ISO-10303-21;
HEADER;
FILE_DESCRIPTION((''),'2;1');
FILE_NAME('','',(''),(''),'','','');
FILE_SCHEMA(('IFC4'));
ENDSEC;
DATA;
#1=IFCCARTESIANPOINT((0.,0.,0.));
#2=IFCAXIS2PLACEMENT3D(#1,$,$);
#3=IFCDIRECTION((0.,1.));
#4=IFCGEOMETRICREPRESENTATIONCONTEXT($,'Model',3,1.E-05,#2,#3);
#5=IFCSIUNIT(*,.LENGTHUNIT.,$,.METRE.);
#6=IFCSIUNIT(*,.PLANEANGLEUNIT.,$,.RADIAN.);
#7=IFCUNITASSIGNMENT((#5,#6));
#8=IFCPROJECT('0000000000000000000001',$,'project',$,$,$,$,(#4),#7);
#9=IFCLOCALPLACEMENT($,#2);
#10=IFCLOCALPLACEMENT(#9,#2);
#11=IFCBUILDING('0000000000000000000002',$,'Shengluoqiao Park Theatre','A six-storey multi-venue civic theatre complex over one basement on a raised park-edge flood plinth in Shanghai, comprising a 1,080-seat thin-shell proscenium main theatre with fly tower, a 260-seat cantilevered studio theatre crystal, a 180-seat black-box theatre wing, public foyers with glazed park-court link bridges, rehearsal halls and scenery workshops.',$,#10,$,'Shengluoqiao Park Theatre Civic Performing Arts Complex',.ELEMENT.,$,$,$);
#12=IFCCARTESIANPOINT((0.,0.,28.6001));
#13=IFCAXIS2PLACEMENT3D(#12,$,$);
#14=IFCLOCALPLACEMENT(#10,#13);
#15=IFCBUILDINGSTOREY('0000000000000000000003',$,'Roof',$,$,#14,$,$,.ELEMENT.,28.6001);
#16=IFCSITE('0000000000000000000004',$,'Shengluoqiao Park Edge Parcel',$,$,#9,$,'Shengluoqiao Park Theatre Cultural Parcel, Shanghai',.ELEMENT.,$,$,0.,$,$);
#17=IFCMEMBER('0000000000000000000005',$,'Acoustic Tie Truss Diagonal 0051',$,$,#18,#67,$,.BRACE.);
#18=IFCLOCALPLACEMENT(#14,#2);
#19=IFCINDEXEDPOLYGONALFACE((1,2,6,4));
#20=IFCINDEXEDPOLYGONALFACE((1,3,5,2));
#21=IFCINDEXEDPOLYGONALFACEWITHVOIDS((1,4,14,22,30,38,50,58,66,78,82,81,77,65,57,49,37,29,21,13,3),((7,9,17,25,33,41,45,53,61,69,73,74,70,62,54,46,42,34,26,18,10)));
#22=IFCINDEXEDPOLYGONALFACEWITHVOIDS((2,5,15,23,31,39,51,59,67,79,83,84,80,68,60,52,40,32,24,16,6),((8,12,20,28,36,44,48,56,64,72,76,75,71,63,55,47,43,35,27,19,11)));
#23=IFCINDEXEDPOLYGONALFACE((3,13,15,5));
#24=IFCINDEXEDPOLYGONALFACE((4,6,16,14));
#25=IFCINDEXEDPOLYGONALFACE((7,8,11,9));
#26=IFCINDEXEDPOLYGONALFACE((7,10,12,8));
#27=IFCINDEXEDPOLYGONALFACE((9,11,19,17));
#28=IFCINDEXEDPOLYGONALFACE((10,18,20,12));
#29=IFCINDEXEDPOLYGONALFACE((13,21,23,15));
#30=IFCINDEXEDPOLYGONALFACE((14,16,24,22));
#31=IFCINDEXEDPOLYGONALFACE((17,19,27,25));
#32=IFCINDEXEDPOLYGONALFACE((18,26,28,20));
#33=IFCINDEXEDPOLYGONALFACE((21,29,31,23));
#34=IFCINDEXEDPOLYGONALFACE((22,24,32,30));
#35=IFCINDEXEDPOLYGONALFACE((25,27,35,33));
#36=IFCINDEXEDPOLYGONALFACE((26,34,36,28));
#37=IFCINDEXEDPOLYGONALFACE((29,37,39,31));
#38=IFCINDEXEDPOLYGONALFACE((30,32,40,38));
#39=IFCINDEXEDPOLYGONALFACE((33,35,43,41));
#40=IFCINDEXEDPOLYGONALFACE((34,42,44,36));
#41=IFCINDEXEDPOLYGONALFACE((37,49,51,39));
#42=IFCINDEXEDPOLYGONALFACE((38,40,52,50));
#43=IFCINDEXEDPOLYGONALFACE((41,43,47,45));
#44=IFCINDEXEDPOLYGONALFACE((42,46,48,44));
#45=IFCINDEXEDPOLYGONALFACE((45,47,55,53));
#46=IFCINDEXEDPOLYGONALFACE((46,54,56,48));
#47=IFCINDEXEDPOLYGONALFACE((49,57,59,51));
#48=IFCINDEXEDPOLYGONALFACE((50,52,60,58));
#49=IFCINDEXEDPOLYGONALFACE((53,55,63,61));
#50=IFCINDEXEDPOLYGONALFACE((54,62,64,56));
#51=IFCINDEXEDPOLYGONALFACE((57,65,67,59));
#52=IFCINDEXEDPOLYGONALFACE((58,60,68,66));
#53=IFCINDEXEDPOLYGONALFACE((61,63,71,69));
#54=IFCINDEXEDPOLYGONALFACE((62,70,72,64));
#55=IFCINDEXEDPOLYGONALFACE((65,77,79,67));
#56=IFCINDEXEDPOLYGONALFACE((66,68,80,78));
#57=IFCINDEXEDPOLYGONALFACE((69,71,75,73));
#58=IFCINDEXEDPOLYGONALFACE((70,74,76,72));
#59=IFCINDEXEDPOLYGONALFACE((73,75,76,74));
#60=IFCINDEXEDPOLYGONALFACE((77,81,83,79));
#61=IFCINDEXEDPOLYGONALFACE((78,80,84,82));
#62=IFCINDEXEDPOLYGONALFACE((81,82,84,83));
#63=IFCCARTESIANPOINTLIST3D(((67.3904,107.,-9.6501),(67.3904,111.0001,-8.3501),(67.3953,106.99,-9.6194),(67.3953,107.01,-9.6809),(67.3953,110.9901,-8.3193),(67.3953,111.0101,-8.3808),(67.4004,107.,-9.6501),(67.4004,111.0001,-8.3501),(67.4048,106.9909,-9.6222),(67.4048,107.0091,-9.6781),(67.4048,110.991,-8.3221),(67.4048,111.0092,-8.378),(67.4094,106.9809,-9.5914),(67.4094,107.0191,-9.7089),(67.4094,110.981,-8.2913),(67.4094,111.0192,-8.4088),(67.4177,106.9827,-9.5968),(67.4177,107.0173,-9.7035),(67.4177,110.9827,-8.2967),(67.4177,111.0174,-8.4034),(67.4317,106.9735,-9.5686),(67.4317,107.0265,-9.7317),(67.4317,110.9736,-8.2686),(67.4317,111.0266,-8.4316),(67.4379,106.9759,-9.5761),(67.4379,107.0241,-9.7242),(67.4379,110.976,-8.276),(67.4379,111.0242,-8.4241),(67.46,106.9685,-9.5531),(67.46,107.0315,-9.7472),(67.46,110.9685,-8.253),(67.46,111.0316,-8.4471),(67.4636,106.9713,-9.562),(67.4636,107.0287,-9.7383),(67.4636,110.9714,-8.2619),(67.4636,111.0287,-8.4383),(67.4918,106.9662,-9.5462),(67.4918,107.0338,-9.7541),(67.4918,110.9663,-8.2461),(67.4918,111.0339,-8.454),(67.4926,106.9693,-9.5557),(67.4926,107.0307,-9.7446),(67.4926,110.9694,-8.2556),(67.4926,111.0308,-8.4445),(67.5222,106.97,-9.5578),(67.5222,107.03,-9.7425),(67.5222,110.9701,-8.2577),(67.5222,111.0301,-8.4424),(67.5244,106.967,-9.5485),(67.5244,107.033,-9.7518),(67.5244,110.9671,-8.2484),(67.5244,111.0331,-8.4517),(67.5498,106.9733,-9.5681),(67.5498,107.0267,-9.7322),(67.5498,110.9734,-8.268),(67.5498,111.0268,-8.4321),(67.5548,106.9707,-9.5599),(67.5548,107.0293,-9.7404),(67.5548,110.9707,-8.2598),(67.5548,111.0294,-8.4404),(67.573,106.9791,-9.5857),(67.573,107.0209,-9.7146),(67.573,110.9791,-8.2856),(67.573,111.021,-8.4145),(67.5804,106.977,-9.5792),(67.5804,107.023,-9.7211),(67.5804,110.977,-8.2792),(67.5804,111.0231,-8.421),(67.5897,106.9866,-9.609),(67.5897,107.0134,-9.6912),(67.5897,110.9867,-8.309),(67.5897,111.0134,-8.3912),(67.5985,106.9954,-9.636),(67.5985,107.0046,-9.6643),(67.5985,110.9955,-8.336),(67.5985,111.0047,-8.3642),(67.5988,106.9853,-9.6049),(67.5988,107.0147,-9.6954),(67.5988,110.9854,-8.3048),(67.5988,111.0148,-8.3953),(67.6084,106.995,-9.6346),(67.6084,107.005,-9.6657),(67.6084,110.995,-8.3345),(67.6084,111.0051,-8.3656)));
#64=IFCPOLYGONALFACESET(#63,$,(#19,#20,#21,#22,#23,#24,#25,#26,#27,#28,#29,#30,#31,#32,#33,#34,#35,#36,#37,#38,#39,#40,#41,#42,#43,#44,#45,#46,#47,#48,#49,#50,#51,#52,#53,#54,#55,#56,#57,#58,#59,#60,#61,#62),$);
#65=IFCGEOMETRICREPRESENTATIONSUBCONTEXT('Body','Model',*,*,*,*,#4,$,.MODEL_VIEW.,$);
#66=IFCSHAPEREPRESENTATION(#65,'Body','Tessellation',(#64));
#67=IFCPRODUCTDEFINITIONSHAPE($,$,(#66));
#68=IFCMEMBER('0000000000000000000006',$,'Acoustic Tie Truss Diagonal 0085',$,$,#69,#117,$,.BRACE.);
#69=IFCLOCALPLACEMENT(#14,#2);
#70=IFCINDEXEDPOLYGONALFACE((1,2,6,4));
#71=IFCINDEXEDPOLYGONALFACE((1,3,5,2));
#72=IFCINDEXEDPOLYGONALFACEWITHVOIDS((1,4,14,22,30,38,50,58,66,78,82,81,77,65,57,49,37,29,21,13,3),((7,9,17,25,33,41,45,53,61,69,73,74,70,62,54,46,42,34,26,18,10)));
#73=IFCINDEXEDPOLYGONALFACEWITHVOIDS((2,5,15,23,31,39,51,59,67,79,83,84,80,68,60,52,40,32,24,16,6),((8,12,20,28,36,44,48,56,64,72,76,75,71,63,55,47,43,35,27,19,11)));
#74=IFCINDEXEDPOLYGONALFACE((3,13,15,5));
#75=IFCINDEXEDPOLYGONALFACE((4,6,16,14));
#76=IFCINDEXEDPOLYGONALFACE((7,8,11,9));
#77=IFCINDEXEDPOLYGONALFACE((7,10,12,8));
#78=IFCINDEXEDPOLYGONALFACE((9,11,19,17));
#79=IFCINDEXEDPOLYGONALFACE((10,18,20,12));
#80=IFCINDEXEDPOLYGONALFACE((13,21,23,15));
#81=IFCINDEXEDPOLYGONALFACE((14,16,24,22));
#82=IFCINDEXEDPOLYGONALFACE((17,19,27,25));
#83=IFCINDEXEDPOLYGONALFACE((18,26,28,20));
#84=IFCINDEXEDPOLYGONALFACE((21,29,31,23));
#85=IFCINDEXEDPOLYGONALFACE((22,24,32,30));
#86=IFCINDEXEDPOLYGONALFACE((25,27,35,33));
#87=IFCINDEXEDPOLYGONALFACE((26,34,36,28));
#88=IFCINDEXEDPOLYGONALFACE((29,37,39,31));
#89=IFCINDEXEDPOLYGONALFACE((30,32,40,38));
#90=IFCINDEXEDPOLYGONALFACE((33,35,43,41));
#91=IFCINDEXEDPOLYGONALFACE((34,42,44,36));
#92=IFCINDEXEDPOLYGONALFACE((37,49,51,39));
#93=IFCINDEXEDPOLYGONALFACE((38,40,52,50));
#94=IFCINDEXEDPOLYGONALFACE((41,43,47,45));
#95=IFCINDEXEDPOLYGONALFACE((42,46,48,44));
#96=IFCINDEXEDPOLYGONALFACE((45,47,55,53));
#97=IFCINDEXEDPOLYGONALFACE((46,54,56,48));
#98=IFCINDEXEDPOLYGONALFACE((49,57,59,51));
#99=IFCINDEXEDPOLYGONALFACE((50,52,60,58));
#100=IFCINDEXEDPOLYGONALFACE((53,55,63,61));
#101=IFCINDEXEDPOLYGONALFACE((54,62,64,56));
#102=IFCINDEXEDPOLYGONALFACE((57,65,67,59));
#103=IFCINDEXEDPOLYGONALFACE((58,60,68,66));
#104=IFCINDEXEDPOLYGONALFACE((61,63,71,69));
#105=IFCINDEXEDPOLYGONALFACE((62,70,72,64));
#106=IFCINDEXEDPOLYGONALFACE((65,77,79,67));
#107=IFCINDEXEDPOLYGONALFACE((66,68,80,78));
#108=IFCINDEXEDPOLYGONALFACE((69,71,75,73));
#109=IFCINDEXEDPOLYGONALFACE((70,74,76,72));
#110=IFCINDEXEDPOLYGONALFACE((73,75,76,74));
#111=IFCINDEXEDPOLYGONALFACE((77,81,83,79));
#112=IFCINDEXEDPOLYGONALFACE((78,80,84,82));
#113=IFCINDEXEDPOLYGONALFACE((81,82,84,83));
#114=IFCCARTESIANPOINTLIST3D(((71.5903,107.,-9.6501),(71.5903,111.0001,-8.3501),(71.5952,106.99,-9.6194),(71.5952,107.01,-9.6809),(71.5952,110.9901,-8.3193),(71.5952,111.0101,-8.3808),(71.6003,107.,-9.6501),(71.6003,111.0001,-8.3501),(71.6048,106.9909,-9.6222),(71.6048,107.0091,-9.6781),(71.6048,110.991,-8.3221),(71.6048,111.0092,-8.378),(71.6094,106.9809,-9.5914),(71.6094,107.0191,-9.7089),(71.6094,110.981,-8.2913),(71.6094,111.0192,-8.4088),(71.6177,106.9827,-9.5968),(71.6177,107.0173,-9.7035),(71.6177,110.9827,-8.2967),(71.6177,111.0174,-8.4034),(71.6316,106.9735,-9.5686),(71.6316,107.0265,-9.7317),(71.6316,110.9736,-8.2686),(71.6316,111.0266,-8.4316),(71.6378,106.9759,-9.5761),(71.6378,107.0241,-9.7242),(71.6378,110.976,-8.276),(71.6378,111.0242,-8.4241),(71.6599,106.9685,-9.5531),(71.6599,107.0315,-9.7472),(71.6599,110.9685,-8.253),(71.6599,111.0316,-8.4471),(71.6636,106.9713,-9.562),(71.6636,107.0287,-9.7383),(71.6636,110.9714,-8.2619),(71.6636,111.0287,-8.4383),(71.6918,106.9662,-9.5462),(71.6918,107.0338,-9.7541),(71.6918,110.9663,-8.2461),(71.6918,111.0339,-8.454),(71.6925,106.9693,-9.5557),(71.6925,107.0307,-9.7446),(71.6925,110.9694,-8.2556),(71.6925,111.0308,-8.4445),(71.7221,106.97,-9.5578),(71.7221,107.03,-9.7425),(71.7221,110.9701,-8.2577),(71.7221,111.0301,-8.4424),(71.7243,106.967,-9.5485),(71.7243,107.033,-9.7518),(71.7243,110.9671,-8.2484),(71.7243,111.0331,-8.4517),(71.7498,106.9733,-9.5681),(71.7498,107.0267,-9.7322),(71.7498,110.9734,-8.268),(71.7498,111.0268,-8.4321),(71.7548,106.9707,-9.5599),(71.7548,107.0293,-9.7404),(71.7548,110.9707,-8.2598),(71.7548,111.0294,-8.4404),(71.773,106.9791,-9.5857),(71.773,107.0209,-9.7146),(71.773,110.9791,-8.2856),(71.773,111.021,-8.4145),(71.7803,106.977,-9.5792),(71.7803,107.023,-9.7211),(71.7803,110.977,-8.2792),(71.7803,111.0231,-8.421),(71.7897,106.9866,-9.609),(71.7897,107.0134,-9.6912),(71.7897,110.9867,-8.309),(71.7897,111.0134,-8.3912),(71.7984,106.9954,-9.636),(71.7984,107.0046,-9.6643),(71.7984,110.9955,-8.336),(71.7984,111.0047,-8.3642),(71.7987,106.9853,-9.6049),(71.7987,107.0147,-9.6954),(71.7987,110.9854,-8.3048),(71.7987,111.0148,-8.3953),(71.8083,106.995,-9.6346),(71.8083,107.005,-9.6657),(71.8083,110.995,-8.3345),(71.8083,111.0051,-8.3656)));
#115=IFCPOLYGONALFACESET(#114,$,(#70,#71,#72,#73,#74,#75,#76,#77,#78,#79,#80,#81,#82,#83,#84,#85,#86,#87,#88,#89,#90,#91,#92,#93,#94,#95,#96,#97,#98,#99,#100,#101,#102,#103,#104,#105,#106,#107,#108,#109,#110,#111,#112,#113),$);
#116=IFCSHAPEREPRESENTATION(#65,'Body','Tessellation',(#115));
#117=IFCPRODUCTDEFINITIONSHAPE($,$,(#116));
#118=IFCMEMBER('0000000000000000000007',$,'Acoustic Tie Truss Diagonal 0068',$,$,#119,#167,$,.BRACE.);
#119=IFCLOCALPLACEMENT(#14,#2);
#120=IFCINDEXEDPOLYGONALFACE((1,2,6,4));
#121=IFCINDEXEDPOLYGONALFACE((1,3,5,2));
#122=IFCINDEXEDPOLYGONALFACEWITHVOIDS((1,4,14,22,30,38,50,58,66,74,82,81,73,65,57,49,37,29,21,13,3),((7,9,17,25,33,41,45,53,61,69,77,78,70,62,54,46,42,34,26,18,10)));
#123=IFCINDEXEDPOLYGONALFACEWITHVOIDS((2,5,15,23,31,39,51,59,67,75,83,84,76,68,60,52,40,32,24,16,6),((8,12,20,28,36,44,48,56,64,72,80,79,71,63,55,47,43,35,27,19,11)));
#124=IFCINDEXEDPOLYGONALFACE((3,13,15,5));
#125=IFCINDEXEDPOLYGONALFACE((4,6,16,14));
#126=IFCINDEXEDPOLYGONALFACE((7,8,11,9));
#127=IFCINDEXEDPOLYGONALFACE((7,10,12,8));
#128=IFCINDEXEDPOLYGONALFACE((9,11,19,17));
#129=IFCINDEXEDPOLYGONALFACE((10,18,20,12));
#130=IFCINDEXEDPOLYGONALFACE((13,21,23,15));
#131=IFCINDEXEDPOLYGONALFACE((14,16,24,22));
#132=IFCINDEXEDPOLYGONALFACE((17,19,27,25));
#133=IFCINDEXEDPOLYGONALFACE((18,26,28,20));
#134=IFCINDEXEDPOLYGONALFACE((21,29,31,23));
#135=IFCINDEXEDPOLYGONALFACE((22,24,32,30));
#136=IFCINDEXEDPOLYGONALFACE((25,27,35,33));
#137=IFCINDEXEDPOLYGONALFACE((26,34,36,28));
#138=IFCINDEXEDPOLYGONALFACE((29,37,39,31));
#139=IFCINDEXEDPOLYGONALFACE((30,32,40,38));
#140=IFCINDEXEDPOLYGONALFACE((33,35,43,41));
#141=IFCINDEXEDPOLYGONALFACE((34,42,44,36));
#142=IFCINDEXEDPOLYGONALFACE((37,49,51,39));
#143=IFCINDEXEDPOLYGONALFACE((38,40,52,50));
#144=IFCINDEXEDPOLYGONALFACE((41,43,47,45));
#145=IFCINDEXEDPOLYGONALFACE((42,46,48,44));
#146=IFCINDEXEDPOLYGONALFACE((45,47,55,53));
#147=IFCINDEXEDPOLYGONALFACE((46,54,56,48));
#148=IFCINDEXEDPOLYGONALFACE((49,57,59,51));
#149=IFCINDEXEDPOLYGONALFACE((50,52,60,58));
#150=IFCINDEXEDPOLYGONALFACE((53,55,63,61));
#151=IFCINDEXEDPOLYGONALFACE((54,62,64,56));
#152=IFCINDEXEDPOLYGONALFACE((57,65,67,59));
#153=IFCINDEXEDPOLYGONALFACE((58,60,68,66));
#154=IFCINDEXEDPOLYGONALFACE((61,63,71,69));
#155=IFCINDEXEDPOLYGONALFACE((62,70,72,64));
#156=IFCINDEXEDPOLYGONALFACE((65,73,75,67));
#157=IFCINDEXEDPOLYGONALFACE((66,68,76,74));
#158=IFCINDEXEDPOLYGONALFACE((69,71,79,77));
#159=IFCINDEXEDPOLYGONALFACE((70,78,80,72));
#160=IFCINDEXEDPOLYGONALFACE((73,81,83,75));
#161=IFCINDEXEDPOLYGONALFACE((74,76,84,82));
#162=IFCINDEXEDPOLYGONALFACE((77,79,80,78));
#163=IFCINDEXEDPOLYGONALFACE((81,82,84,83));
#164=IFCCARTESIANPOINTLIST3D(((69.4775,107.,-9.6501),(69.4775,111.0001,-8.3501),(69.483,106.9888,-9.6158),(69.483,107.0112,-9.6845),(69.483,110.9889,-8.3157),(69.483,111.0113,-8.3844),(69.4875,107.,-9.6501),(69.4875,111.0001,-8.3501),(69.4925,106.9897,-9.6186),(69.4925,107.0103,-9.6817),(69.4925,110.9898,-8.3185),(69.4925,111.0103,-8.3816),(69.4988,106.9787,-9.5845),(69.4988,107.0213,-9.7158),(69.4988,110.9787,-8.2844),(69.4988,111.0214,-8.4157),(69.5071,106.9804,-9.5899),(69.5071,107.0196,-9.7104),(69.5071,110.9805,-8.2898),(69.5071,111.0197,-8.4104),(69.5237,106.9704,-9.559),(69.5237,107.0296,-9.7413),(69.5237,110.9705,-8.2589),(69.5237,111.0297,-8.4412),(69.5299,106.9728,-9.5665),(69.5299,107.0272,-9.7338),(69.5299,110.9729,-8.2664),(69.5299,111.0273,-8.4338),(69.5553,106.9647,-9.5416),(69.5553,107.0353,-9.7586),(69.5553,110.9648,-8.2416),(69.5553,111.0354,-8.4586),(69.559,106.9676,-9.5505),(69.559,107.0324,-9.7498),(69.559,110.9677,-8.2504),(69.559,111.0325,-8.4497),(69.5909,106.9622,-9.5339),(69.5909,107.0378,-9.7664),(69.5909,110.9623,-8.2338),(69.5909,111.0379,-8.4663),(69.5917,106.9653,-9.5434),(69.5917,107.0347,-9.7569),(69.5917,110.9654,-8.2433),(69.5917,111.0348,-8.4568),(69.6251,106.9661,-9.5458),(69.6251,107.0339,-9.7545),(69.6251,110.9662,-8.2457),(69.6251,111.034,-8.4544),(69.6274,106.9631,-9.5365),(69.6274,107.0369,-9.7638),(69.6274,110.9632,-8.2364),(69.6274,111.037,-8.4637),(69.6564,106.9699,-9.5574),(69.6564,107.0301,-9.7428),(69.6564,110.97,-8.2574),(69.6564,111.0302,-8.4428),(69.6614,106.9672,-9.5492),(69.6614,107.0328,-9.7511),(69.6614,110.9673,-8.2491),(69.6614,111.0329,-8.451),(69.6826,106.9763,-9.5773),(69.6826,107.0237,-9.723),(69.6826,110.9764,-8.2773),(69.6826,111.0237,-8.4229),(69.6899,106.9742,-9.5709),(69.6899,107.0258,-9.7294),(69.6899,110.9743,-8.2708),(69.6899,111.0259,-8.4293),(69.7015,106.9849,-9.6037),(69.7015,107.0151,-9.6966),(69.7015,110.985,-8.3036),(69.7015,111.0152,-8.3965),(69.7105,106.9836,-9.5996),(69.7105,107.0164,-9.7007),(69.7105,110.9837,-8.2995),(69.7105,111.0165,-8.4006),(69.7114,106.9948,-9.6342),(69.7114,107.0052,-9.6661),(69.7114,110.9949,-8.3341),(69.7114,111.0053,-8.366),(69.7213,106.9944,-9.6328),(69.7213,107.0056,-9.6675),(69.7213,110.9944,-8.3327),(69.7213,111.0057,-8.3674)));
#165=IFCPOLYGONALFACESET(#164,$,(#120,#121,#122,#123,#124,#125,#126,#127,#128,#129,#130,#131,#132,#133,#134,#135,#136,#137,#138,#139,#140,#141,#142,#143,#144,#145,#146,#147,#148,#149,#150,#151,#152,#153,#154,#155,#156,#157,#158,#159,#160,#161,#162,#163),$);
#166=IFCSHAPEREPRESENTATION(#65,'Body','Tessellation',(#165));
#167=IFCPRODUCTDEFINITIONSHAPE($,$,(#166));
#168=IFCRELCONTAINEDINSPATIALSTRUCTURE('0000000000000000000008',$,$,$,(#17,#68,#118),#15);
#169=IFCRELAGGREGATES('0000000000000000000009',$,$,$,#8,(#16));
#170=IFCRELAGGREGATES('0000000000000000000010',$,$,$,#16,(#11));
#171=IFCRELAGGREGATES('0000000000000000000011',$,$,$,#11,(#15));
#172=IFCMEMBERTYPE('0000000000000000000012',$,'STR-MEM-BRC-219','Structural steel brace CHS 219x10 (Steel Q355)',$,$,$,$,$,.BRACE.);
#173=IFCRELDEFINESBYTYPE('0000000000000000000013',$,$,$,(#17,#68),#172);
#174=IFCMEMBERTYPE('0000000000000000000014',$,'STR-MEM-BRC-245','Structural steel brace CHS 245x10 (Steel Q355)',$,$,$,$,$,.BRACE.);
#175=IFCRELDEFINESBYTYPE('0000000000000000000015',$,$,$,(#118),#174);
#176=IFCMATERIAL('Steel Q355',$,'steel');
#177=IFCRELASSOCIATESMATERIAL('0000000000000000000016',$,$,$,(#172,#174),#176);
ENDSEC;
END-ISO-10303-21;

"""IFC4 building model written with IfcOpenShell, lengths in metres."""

from ifc_helpers import new_model, si_unit, direction, frame, origin, origin_2d, place, context, subcontext, project, spatial, hollow_circle, extrude, material, material_profile, profile_set, type_object, element, save


model = new_model("IFC4")

# Units and contexts
model_context = context("Model", 3, precision=1e-05, world=origin(), true_north=direction((0.0, 1.0)))
body_context = subcontext(model_context, "Body", "Model", "MODEL_VIEW")
ifc_project = project(units=[si_unit("LENGTHUNIT", "METRE"), si_unit("PLANEANGLEUNIT", "RADIAN")], contexts=[model_context])

# Site, building, storey
site_placement = place(None, origin())
site = spatial("IfcSite", under=ifc_project, at=site_placement, Name="Shengluoqiao Park Edge Parcel", LongName="Shengluoqiao Park Theatre Cultural Parcel, Shanghai", CompositionType="ELEMENT", RefElevation=0.0)
building_placement = place(site_placement, origin())
building = spatial("IfcBuilding", under=site, at=building_placement, Name="Shengluoqiao Park Theatre", Description="A six-storey multi-venue civic theatre complex over one basement on a raised park-edge flood plinth in Shanghai, comprising a 1,080-seat thin-shell proscenium main theatre with fly tower, a 260-seat cantilevered studio theatre crystal, a 180-seat black-box theatre wing, public foyers with glazed park-court link bridges, rehearsal halls and scenery workshops.", LongName="Shengluoqiao Park Theatre Civic Performing Arts Complex", CompositionType="ELEMENT")
storey_placement = place(building_placement, frame((0.0, 0.0, 28.6001)))
storey = spatial("IfcBuildingStorey", under=building, at=storey_placement, Name="Roof", CompositionType="ELEMENT", Elevation=28.6001)

# Shared definitions
ifc_material_1 = material(Name="Steel Q355", Category="steel")

# Members
ifc_material_profile_1 = material_profile(ifc_material_1, hollow_circle(Radius=0.1096, WallThickness=0.01, at=origin_2d()), Name="CHS 219x10")
ifc_profile_set_1 = profile_set([ifc_material_profile_1], Name="Steel Q355")
member_type_1 = type_object("IfcMemberType", Name="STR-MEM-BRC-219", Description="Structural steel brace CHS 219x10 (Steel Q355)", PredefinedType="BRACE", material=ifc_profile_set_1)
for number, where, z_axis, x_axis, name in (
    (1, (67.5, 107.0, -9.6501), (0.0, 0.951031, 0.309097), (-1.0, 0.0, 0.0), "Acoustic Tie Truss Diagonal 0051"),
    (2, (71.7, 107.0, -9.6501), (0.0, 0.951031, 0.309097), (-1.0, 0.0, 0.0), "Acoustic Tie Truss Diagonal 0085"),
):
    element("IfcMember", number, at=place(storey_placement, frame(where, z_axis=z_axis, x_axis=x_axis)), inside=storey, type_object=member_type_1, Name=name, PredefinedType="BRACE", context=body_context, shape_type="SweptSolid", body=[
        extrude(hollow_circle(Radius=0.1096, WallThickness=0.01, at=origin_2d()), origin(), (0.0, 0.0, 1.0), 4.2061),
    ])
ifc_material_profile_2 = material_profile(ifc_material_1, hollow_circle(Radius=0.1226, WallThickness=0.01, at=origin_2d()), Name="CHS 245x10")
ifc_profile_set_2 = profile_set([ifc_material_profile_2], Name="Steel Q355")
member_type_2 = type_object("IfcMemberType", Name="STR-MEM-BRC-245", Description="Structural steel brace CHS 245x10 (Steel Q355)", PredefinedType="BRACE", material=ifc_profile_set_2)
member_placement = place(storey_placement, frame((69.6001, 107.0, -9.6501), z_axis=(0.0, 0.951031, 0.309097), x_axis=(-1.0, 0.0, 0.0)))
element("IfcMember", 3, at=member_placement, inside=storey, type_object=member_type_2, Name="Acoustic Tie Truss Diagonal 0068", PredefinedType="BRACE", context=body_context, shape_type="SweptSolid", body=[
    extrude(hollow_circle(Radius=0.1226, WallThickness=0.01, at=origin_2d()), origin(), (0.0, 0.0, 1.0), 4.2061),
])

save(model, "model.ifc")
